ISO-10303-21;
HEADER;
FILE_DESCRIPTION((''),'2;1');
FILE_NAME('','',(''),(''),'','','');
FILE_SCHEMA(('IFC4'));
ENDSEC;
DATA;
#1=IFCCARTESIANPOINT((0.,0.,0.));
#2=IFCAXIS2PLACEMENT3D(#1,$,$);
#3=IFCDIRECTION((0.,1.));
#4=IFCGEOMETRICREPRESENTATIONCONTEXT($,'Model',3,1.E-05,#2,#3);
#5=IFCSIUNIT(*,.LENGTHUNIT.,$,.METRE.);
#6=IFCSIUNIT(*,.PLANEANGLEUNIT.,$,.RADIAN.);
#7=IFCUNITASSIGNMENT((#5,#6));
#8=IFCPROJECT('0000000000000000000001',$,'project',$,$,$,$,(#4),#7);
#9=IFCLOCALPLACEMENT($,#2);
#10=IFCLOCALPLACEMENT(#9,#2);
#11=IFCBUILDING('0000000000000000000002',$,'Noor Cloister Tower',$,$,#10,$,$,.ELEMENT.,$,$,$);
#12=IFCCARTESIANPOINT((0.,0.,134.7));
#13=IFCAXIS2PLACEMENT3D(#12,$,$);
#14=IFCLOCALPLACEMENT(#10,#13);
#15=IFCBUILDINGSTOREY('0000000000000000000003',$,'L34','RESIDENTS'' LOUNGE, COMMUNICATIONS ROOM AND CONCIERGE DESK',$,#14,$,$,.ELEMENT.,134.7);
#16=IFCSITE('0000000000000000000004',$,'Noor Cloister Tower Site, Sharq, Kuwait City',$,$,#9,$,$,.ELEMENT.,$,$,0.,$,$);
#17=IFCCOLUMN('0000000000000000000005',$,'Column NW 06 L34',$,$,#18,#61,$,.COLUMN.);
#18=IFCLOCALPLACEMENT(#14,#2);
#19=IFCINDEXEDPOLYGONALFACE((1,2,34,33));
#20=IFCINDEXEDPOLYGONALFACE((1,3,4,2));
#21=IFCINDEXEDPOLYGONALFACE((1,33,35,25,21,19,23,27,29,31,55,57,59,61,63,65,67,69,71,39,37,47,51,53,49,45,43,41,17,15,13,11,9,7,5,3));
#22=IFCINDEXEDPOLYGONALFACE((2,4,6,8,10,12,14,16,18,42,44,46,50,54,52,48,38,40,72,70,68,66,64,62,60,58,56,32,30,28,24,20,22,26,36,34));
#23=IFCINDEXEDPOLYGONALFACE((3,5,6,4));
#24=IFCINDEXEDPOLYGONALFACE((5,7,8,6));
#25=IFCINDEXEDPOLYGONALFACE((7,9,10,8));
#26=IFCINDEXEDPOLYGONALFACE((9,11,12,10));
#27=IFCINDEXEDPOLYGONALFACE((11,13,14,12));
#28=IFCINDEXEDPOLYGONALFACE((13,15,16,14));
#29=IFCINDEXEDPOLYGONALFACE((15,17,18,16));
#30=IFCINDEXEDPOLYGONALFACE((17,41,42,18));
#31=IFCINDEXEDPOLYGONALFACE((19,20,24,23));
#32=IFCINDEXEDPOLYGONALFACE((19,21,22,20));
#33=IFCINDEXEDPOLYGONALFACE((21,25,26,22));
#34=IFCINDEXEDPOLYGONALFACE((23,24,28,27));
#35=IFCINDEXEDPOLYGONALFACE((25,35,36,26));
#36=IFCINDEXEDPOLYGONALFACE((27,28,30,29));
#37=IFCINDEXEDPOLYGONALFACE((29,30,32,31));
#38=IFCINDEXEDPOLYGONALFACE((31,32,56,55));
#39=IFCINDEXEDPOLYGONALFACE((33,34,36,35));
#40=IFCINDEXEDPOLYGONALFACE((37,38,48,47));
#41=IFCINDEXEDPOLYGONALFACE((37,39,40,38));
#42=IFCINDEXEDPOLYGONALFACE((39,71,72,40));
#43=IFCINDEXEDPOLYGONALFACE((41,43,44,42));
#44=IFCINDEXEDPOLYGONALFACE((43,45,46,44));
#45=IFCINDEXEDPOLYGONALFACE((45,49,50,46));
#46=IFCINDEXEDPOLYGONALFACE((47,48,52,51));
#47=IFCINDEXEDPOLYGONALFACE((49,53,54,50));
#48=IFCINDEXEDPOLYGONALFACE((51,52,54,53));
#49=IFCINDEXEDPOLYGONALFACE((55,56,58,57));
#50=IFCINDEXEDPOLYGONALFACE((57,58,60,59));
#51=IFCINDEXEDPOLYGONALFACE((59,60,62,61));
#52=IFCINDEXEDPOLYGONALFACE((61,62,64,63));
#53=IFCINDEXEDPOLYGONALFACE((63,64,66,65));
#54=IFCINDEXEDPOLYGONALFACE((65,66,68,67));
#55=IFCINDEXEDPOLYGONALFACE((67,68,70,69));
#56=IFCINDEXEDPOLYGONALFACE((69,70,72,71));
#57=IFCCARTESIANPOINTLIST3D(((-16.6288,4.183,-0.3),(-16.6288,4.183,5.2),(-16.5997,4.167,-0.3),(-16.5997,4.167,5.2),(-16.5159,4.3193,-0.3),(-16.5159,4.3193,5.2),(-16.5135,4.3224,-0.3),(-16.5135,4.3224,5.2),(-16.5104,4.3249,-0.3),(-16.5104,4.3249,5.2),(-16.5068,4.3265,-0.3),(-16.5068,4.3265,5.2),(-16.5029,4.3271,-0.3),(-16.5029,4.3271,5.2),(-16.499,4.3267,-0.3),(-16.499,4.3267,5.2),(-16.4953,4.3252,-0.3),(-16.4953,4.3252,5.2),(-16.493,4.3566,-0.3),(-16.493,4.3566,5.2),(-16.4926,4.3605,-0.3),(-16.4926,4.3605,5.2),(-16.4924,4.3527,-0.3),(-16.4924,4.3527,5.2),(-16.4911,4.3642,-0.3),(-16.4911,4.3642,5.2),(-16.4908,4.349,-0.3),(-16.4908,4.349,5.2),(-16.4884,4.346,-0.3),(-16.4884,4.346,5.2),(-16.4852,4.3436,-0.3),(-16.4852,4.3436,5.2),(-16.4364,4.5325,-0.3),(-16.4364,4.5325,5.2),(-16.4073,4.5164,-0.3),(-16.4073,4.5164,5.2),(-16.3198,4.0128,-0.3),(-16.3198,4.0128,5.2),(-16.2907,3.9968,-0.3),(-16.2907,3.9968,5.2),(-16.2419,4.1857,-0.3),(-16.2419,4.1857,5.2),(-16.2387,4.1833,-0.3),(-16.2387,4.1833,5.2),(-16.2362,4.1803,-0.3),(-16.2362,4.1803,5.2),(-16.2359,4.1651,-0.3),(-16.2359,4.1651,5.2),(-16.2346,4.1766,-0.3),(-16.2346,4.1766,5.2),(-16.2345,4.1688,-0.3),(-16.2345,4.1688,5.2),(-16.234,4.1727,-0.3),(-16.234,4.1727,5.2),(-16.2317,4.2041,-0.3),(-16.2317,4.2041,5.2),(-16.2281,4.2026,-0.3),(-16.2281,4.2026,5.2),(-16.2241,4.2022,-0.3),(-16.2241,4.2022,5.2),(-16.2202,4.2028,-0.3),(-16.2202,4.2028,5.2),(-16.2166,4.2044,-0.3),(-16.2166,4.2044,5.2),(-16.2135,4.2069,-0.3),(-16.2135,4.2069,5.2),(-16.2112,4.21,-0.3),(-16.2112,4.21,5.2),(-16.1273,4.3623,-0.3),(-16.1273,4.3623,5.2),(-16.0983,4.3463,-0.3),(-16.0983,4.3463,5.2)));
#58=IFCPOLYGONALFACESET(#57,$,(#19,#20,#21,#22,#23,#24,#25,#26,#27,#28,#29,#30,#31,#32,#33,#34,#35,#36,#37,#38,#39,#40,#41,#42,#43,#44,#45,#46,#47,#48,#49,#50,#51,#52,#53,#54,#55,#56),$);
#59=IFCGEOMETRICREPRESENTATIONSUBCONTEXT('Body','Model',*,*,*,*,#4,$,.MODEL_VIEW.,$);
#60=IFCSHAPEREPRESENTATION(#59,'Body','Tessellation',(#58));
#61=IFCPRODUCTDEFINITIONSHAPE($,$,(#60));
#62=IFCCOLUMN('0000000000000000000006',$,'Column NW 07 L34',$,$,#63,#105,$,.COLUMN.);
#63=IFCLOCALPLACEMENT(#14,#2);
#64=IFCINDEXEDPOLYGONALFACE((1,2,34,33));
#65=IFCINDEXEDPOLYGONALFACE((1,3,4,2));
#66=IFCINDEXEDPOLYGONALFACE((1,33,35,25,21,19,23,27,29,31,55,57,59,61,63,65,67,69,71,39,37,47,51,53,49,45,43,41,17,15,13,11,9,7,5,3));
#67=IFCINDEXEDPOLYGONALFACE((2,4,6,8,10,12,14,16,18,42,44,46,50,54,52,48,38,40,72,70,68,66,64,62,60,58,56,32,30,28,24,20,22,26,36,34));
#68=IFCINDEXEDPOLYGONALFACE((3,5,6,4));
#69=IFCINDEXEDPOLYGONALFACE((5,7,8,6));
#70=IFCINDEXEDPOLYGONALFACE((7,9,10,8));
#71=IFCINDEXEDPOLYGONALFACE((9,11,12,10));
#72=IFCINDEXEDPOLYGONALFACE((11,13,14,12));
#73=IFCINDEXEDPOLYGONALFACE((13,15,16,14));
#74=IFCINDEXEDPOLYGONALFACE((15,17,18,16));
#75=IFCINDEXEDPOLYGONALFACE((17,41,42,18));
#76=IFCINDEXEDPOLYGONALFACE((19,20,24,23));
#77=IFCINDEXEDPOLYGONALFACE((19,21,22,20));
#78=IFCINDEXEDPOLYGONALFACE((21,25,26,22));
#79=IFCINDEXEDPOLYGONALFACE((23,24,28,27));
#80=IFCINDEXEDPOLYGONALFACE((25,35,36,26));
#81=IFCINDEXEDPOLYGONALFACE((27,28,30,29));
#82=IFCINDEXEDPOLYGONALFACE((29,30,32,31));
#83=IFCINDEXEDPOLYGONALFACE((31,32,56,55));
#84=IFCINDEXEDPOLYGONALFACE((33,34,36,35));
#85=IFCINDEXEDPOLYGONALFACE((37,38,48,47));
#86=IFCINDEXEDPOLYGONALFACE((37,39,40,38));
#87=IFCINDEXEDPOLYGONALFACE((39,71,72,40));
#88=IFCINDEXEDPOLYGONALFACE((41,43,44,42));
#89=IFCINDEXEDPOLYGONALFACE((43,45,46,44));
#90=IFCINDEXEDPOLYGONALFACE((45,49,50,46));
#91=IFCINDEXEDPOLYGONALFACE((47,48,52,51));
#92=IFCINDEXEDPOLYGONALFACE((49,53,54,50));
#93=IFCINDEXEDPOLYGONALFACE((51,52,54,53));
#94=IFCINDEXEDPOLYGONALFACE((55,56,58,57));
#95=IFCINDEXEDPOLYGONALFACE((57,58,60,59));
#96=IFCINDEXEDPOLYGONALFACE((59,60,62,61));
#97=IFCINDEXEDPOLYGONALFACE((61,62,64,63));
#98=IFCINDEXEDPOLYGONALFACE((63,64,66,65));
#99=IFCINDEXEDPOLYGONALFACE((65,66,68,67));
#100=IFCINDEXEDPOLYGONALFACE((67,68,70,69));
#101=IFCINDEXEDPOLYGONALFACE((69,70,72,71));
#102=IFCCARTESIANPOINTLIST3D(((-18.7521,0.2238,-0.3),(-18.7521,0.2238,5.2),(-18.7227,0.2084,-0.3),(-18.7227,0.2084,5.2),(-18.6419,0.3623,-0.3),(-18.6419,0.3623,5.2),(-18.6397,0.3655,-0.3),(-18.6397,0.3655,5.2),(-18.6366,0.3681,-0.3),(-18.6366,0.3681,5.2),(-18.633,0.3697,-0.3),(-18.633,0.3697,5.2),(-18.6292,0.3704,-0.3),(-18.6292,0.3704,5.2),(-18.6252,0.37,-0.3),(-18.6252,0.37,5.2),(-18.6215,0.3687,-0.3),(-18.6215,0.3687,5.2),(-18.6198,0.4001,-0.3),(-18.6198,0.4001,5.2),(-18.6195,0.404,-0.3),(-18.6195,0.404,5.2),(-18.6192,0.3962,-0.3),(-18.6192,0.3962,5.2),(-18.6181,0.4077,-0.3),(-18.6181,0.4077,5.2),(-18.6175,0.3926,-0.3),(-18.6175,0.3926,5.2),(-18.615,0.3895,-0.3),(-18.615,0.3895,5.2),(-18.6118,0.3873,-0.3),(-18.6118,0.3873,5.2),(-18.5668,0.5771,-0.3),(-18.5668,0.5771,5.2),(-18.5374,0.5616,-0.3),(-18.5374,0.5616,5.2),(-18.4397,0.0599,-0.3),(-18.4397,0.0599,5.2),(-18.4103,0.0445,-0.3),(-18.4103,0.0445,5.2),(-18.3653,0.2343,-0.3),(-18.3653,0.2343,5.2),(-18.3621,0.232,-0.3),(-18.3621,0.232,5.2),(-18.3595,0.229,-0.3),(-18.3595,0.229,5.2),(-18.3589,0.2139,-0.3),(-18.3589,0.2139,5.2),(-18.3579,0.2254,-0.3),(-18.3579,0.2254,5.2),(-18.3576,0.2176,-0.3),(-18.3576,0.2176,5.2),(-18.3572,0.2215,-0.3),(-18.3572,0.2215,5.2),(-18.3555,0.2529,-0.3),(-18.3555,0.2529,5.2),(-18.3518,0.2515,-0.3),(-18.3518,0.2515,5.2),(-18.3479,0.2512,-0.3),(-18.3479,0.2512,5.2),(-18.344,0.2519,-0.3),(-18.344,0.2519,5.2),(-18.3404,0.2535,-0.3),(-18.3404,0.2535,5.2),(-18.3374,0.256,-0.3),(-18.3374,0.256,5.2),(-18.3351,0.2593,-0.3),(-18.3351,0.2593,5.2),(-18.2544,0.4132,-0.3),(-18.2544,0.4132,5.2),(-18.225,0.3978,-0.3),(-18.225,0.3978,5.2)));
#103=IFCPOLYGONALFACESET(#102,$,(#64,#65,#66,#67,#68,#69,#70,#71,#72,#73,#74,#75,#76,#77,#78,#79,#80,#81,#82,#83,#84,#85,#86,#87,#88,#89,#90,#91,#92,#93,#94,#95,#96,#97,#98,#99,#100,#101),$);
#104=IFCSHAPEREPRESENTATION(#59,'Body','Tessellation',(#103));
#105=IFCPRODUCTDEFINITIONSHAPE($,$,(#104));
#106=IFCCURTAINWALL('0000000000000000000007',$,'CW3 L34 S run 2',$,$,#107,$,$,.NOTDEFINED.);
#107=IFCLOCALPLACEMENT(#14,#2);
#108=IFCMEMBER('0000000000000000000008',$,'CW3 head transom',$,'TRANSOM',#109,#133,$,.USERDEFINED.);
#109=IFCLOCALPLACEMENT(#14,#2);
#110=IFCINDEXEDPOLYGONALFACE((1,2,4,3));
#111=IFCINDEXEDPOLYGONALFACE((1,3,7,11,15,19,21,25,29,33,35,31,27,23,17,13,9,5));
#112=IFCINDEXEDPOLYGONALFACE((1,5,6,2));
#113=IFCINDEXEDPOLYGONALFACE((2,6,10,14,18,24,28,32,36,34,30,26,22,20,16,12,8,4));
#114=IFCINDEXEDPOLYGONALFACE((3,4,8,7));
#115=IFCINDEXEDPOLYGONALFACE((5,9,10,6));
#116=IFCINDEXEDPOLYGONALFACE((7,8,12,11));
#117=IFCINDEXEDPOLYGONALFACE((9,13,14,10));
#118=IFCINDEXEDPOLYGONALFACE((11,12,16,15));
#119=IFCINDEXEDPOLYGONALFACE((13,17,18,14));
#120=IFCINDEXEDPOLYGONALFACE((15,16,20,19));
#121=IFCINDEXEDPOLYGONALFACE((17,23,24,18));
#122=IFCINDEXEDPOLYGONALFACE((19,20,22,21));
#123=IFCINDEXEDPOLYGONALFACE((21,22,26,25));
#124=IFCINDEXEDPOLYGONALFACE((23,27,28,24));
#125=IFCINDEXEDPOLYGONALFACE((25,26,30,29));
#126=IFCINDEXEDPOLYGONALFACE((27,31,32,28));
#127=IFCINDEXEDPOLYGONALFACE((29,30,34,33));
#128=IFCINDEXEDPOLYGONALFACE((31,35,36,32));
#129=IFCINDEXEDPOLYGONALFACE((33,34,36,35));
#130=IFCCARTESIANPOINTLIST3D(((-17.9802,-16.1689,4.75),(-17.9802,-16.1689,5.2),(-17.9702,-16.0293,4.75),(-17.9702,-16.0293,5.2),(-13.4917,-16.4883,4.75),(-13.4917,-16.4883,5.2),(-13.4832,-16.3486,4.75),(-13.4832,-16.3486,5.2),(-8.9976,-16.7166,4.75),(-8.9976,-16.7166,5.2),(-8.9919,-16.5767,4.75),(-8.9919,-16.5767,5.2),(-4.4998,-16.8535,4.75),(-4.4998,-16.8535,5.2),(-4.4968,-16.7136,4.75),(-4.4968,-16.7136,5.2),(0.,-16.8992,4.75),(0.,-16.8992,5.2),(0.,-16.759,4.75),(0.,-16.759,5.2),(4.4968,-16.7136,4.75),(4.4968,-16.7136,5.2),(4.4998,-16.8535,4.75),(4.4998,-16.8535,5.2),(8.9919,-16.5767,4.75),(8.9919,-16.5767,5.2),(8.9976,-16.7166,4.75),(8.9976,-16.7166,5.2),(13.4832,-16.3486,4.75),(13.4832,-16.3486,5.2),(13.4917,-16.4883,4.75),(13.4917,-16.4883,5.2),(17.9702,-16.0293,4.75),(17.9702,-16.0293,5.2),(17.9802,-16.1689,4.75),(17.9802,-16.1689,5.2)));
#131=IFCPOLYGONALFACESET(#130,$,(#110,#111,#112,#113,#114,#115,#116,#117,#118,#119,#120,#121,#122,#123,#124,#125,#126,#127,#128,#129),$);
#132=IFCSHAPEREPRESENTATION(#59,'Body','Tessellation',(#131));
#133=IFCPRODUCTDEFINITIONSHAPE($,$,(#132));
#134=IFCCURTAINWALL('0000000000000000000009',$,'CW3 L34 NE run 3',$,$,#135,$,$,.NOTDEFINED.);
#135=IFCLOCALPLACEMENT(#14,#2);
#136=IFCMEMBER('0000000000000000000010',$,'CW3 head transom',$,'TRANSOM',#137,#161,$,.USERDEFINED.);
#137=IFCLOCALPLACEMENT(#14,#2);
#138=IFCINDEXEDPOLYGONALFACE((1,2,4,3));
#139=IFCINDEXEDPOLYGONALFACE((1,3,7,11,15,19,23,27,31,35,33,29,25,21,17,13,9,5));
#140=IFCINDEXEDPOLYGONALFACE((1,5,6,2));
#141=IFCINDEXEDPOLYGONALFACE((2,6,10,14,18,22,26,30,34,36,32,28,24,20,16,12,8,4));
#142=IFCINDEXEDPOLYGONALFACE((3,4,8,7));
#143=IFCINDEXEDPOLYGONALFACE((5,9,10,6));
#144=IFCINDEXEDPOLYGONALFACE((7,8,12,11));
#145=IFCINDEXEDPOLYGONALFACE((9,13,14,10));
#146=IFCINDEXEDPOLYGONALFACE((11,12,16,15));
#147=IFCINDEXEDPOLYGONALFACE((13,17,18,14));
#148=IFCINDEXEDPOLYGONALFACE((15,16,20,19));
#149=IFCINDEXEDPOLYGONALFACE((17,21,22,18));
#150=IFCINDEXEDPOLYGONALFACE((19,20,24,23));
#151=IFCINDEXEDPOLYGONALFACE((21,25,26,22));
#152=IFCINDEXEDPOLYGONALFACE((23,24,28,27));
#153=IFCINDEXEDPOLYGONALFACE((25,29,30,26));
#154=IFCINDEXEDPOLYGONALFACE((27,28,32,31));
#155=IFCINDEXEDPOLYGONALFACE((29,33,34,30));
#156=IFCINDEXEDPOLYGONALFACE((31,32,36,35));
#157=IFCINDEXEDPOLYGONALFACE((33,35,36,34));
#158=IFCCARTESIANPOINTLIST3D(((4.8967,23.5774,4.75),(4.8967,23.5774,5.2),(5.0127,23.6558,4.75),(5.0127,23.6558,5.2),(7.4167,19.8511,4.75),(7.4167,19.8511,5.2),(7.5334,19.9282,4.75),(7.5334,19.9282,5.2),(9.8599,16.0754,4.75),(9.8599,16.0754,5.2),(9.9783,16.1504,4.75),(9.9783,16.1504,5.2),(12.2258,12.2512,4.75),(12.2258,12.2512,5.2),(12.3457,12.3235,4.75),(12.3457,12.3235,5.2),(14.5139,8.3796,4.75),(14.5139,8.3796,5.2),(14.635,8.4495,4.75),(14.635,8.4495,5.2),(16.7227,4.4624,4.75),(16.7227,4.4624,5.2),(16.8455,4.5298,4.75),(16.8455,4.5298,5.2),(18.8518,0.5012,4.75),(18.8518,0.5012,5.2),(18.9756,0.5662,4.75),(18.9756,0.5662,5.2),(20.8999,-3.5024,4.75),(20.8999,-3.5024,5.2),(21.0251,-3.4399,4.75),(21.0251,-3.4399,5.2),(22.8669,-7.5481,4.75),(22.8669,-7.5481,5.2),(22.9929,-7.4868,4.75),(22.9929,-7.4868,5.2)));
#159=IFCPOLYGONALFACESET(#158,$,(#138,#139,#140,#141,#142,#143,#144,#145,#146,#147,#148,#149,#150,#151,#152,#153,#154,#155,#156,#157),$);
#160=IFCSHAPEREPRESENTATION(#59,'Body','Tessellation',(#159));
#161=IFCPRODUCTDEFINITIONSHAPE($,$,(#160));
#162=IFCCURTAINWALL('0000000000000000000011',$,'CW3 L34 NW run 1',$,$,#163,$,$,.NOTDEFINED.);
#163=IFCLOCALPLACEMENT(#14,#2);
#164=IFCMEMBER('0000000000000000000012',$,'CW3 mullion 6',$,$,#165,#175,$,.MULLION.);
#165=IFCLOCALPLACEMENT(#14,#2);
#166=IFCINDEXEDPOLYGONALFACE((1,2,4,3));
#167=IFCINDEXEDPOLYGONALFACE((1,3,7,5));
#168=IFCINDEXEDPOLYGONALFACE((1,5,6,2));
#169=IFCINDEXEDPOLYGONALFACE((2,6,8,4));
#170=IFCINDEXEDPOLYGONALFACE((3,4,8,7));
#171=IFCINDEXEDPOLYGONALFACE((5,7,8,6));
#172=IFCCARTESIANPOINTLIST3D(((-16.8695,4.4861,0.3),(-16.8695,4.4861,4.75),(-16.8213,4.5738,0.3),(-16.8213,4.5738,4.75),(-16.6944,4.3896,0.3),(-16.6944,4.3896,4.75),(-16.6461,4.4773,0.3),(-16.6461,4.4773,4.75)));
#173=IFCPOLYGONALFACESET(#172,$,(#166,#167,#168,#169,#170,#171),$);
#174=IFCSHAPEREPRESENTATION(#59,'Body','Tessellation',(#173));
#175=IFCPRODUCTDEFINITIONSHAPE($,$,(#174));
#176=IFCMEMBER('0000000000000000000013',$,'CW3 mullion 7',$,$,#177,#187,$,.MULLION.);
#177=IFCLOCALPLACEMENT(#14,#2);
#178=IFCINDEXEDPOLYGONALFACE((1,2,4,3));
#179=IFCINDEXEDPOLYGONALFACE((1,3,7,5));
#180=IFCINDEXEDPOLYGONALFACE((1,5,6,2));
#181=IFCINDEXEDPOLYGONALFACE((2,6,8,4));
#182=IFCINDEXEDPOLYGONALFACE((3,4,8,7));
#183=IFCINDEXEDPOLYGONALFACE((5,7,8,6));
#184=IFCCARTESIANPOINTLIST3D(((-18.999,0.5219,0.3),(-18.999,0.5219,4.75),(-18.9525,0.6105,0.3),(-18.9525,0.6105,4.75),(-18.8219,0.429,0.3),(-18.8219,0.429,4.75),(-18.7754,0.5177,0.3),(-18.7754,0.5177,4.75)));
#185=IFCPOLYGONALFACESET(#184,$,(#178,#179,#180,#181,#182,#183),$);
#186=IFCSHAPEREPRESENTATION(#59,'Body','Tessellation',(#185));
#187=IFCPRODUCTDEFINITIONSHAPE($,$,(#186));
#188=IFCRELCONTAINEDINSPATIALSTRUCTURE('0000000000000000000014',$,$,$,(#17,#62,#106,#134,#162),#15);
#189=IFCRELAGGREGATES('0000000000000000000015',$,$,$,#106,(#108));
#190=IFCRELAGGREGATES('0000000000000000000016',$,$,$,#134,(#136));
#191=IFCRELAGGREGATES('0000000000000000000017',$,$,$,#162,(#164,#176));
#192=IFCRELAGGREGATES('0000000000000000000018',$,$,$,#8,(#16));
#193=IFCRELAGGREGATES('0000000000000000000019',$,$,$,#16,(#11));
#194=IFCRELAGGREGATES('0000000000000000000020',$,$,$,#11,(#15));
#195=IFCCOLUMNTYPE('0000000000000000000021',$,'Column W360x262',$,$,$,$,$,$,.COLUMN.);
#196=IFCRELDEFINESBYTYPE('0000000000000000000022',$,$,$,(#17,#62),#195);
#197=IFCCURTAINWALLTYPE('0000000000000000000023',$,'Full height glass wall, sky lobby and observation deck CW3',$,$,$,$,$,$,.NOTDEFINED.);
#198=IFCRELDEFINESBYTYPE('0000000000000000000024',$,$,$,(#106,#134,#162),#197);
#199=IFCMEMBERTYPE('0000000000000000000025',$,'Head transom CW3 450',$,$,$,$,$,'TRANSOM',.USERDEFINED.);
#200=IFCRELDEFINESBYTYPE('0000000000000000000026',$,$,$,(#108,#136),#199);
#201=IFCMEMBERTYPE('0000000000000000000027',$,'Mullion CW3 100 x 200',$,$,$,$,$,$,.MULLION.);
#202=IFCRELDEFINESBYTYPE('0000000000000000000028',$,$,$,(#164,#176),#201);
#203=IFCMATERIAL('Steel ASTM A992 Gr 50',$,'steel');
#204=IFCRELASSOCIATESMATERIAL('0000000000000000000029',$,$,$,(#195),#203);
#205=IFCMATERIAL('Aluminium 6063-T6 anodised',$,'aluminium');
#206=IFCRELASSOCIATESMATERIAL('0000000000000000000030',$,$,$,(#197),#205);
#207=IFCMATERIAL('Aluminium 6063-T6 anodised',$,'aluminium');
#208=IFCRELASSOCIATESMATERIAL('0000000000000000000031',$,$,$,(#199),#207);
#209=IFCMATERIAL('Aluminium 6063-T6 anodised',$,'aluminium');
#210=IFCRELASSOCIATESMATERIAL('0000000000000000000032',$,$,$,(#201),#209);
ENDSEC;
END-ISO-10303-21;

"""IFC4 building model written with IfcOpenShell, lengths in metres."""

from ifc_helpers import new_model, si_unit, direction, frame, origin, origin_2d, place, context, subcontext, project, spatial, polyline, rectangle, i_section, outline, extrude, material, material_profile, profile_set, type_object, element, aggregate, save


model = new_model("IFC4")

# Units and contexts
model_context = context("Model", 3, precision=1e-05, world=origin(), true_north=direction((0.0, 1.0)))
body_context = subcontext(model_context, "Body", "Model", "MODEL_VIEW")
ifc_project = project(units=[si_unit("LENGTHUNIT", "METRE"), si_unit("PLANEANGLEUNIT", "RADIAN")], contexts=[model_context])

# Site, building, storey
site_placement = place(None, origin())
site = spatial("IfcSite", under=ifc_project, at=site_placement, Name="Noor Cloister Tower Site, Sharq, Kuwait City", CompositionType="ELEMENT", RefElevation=0.0)
building_placement = place(site_placement, origin())
building = spatial("IfcBuilding", under=site, at=building_placement, Name="Noor Cloister Tower", CompositionType="ELEMENT")
storey_placement = place(building_placement, frame((0.0, 0.0, 134.7)))
storey = spatial("IfcBuildingStorey", under=building, at=storey_placement, Name="L34", Description="RESIDENTS' LOUNGE, COMMUNICATIONS ROOM AND CONCIERGE DESK", CompositionType="ELEMENT", Elevation=134.7)

# Columns
ifc_material_1 = material(Name="Steel ASTM A992 Gr 50", Category="steel")
ifc_material_profile_1 = material_profile(ifc_material_1, i_section(OverallWidth=0.3989, OverallDepth=0.386, WebThickness=0.021, FlangeThickness=0.0332, FilletRadius=0.0151, at=origin_2d()), Name="W360x262")
ifc_profile_set_1 = profile_set([ifc_material_profile_1], Name="Steel ASTM A992 Gr 50")
column_type = type_object("IfcColumnType", Name="Column W360x262", PredefinedType="COLUMN", material=ifc_profile_set_1)
for number, where, z_axis, x_axis, name in (
    (1, (-16.3635, 4.2646, -0.3), (0.0, 0.0, 1.0), (-0.482322, -0.875994, 0.0), "Column NW 06 L34"),
    (2, (-18.4885, 0.3108, -0.3), (0.0, 0.0, 1.0), (-0.464446, -0.885601, 0.0), "Column NW 07 L34"),
):
    element("IfcColumn", number, at=place(storey_placement, frame(where, z_axis=z_axis, x_axis=x_axis)), inside=storey, type_object=column_type, Name=name, PredefinedType="COLUMN", context=body_context, shape_type="SweptSolid", body=[
        extrude(i_section(OverallWidth=0.3989, OverallDepth=0.386, WebThickness=0.021, FlangeThickness=0.0332, FilletRadius=0.0151, at=origin_2d()), origin(), (0.0, 0.0, 1.0), 5.5),
    ])

# Curtain walls, members
ifc_material_2 = material(Name="Aluminium 6063-T6 anodised", Category="aluminium")
curtain_wall_type = type_object("IfcCurtainWallType", Name="Full height glass wall, sky lobby and observation deck CW3", PredefinedType="NOTDEFINED", material=ifc_material_2)
curtain_wall_1_placement = place(storey_placement, origin())
curtain_wall_1 = element("IfcCurtainWall", 3, at=curtain_wall_1_placement, inside=storey, type_object=curtain_wall_type, Name="CW3 L34 S run 2", PredefinedType="NOTDEFINED")
ifc_material_3 = material(Name="Aluminium 6063-T6 anodised", Category="aluminium")
member_type_1 = type_object("IfcMemberType", Name="Head transom CW3 450", ElementType="TRANSOM", PredefinedType="USERDEFINED", material=ifc_material_3)
member_1_placement = place(storey_placement, frame((0.0, 0.0, 4.75)))
member_1 = element("IfcMember", 4, at=member_1_placement, type_object=member_type_1, Name="CW3 head transom", ObjectType="TRANSOM", PredefinedType="USERDEFINED", context=body_context, shape_type="SweptSolid", body=[
    extrude(outline(polyline([(-17.9802, -16.1689), (-13.4917, -16.4883), (-8.9976, -16.7166), (-4.4998, -16.8535), (0.0, -16.8992), (4.4998, -16.8535), (8.9976, -16.7166), (13.4917, -16.4883), (17.9802, -16.1689), (17.9702, -16.0293), (13.4832, -16.3486), (8.9919, -16.5767), (4.4968, -16.7136), (0.0, -16.759), (-4.4968, -16.7136), (-8.9919, -16.5767), (-13.4832, -16.3486), (-17.9702, -16.0293), (-17.9802, -16.1689)])), origin(), (0.0, 0.0, 1.0), 0.45),
])
curtain_wall_2_placement = place(storey_placement, origin())
curtain_wall_2 = element("IfcCurtainWall", 5, at=curtain_wall_2_placement, inside=storey, type_object=curtain_wall_type, Name="CW3 L34 NE run 3", PredefinedType="NOTDEFINED")
member_2_placement = place(storey_placement, frame((0.0, 0.0, 4.75)))
member_2 = element("IfcMember", 6, at=member_2_placement, type_object=member_type_1, Name="CW3 head transom", ObjectType="TRANSOM", PredefinedType="USERDEFINED", context=body_context, shape_type="SweptSolid", body=[
    extrude(outline(polyline([(22.9929, -7.4868), (21.0251, -3.4399), (18.9756, 0.5662), (16.8455, 4.5298), (14.635, 8.4495), (12.3457, 12.3235), (9.9783, 16.1504), (7.5334, 19.9282), (5.0127, 23.6558), (4.8967, 23.5774), (7.4167, 19.8511), (9.8599, 16.0754), (12.2258, 12.2512), (14.5139, 8.3796), (16.7227, 4.4624), (18.8518, 0.5012), (20.8999, -3.5024), (22.8669, -7.5481), (22.9929, -7.4868)])), origin(), (0.0, 0.0, 1.0), 0.45),
])

# Curtain wall, members
curtain_wall_3_placement = place(storey_placement, origin())
curtain_wall_3 = element("IfcCurtainWall", 7, at=curtain_wall_3_placement, inside=storey, type_object=curtain_wall_type, Name="CW3 L34 NW run 1", PredefinedType="NOTDEFINED")
ifc_material_4 = material(Name="Aluminium 6063-T6 anodised", Category="aluminium")
ifc_material_profile_2 = material_profile(ifc_material_4, rectangle(XDim=0.2, YDim=0.1001, at=origin_2d()), Name="200 x 100 mullion")
ifc_profile_set_2 = profile_set([ifc_material_profile_2], Name="Aluminium 6063-T6 anodised")
member_type_2 = type_object("IfcMemberType", Name="Mullion CW3 100 x 200", PredefinedType="MULLION", material=ifc_profile_set_2)
member_3_placement = place(storey_placement, frame((-16.7578, 4.4817, 0.3), z_axis=(0.0, 0.0, 1.0), x_axis=(0.875994, -0.482322, 0.0)))
member_3 = element("IfcMember", 8, at=member_3_placement, type_object=member_type_2, Name="CW3 mullion 6", PredefinedType="MULLION", context=body_context, shape_type="SweptSolid", body=[
    extrude(rectangle(XDim=0.2, YDim=0.1001, at=origin_2d()), origin(), (0.0, 0.0, 1.0), 4.45),
])
member_4_placement = place(storey_placement, frame((-18.8872, 0.5198, 0.3), z_axis=(0.0, 0.0, 1.0), x_axis=(0.885601, -0.464446, 0.0)))
member_4 = element("IfcMember", 9, at=member_4_placement, type_object=member_type_2, Name="CW3 mullion 7", PredefinedType="MULLION", context=body_context, shape_type="SweptSolid", body=[
    extrude(rectangle(XDim=0.2, YDim=0.1001, at=origin_2d()), origin(), (0.0, 0.0, 1.0), 4.45),
])

aggregate(curtain_wall_1, [member_1])
aggregate(curtain_wall_2, [member_2])

aggregate(curtain_wall_3, [member_3, member_4])

save(model, "model.ifc")
